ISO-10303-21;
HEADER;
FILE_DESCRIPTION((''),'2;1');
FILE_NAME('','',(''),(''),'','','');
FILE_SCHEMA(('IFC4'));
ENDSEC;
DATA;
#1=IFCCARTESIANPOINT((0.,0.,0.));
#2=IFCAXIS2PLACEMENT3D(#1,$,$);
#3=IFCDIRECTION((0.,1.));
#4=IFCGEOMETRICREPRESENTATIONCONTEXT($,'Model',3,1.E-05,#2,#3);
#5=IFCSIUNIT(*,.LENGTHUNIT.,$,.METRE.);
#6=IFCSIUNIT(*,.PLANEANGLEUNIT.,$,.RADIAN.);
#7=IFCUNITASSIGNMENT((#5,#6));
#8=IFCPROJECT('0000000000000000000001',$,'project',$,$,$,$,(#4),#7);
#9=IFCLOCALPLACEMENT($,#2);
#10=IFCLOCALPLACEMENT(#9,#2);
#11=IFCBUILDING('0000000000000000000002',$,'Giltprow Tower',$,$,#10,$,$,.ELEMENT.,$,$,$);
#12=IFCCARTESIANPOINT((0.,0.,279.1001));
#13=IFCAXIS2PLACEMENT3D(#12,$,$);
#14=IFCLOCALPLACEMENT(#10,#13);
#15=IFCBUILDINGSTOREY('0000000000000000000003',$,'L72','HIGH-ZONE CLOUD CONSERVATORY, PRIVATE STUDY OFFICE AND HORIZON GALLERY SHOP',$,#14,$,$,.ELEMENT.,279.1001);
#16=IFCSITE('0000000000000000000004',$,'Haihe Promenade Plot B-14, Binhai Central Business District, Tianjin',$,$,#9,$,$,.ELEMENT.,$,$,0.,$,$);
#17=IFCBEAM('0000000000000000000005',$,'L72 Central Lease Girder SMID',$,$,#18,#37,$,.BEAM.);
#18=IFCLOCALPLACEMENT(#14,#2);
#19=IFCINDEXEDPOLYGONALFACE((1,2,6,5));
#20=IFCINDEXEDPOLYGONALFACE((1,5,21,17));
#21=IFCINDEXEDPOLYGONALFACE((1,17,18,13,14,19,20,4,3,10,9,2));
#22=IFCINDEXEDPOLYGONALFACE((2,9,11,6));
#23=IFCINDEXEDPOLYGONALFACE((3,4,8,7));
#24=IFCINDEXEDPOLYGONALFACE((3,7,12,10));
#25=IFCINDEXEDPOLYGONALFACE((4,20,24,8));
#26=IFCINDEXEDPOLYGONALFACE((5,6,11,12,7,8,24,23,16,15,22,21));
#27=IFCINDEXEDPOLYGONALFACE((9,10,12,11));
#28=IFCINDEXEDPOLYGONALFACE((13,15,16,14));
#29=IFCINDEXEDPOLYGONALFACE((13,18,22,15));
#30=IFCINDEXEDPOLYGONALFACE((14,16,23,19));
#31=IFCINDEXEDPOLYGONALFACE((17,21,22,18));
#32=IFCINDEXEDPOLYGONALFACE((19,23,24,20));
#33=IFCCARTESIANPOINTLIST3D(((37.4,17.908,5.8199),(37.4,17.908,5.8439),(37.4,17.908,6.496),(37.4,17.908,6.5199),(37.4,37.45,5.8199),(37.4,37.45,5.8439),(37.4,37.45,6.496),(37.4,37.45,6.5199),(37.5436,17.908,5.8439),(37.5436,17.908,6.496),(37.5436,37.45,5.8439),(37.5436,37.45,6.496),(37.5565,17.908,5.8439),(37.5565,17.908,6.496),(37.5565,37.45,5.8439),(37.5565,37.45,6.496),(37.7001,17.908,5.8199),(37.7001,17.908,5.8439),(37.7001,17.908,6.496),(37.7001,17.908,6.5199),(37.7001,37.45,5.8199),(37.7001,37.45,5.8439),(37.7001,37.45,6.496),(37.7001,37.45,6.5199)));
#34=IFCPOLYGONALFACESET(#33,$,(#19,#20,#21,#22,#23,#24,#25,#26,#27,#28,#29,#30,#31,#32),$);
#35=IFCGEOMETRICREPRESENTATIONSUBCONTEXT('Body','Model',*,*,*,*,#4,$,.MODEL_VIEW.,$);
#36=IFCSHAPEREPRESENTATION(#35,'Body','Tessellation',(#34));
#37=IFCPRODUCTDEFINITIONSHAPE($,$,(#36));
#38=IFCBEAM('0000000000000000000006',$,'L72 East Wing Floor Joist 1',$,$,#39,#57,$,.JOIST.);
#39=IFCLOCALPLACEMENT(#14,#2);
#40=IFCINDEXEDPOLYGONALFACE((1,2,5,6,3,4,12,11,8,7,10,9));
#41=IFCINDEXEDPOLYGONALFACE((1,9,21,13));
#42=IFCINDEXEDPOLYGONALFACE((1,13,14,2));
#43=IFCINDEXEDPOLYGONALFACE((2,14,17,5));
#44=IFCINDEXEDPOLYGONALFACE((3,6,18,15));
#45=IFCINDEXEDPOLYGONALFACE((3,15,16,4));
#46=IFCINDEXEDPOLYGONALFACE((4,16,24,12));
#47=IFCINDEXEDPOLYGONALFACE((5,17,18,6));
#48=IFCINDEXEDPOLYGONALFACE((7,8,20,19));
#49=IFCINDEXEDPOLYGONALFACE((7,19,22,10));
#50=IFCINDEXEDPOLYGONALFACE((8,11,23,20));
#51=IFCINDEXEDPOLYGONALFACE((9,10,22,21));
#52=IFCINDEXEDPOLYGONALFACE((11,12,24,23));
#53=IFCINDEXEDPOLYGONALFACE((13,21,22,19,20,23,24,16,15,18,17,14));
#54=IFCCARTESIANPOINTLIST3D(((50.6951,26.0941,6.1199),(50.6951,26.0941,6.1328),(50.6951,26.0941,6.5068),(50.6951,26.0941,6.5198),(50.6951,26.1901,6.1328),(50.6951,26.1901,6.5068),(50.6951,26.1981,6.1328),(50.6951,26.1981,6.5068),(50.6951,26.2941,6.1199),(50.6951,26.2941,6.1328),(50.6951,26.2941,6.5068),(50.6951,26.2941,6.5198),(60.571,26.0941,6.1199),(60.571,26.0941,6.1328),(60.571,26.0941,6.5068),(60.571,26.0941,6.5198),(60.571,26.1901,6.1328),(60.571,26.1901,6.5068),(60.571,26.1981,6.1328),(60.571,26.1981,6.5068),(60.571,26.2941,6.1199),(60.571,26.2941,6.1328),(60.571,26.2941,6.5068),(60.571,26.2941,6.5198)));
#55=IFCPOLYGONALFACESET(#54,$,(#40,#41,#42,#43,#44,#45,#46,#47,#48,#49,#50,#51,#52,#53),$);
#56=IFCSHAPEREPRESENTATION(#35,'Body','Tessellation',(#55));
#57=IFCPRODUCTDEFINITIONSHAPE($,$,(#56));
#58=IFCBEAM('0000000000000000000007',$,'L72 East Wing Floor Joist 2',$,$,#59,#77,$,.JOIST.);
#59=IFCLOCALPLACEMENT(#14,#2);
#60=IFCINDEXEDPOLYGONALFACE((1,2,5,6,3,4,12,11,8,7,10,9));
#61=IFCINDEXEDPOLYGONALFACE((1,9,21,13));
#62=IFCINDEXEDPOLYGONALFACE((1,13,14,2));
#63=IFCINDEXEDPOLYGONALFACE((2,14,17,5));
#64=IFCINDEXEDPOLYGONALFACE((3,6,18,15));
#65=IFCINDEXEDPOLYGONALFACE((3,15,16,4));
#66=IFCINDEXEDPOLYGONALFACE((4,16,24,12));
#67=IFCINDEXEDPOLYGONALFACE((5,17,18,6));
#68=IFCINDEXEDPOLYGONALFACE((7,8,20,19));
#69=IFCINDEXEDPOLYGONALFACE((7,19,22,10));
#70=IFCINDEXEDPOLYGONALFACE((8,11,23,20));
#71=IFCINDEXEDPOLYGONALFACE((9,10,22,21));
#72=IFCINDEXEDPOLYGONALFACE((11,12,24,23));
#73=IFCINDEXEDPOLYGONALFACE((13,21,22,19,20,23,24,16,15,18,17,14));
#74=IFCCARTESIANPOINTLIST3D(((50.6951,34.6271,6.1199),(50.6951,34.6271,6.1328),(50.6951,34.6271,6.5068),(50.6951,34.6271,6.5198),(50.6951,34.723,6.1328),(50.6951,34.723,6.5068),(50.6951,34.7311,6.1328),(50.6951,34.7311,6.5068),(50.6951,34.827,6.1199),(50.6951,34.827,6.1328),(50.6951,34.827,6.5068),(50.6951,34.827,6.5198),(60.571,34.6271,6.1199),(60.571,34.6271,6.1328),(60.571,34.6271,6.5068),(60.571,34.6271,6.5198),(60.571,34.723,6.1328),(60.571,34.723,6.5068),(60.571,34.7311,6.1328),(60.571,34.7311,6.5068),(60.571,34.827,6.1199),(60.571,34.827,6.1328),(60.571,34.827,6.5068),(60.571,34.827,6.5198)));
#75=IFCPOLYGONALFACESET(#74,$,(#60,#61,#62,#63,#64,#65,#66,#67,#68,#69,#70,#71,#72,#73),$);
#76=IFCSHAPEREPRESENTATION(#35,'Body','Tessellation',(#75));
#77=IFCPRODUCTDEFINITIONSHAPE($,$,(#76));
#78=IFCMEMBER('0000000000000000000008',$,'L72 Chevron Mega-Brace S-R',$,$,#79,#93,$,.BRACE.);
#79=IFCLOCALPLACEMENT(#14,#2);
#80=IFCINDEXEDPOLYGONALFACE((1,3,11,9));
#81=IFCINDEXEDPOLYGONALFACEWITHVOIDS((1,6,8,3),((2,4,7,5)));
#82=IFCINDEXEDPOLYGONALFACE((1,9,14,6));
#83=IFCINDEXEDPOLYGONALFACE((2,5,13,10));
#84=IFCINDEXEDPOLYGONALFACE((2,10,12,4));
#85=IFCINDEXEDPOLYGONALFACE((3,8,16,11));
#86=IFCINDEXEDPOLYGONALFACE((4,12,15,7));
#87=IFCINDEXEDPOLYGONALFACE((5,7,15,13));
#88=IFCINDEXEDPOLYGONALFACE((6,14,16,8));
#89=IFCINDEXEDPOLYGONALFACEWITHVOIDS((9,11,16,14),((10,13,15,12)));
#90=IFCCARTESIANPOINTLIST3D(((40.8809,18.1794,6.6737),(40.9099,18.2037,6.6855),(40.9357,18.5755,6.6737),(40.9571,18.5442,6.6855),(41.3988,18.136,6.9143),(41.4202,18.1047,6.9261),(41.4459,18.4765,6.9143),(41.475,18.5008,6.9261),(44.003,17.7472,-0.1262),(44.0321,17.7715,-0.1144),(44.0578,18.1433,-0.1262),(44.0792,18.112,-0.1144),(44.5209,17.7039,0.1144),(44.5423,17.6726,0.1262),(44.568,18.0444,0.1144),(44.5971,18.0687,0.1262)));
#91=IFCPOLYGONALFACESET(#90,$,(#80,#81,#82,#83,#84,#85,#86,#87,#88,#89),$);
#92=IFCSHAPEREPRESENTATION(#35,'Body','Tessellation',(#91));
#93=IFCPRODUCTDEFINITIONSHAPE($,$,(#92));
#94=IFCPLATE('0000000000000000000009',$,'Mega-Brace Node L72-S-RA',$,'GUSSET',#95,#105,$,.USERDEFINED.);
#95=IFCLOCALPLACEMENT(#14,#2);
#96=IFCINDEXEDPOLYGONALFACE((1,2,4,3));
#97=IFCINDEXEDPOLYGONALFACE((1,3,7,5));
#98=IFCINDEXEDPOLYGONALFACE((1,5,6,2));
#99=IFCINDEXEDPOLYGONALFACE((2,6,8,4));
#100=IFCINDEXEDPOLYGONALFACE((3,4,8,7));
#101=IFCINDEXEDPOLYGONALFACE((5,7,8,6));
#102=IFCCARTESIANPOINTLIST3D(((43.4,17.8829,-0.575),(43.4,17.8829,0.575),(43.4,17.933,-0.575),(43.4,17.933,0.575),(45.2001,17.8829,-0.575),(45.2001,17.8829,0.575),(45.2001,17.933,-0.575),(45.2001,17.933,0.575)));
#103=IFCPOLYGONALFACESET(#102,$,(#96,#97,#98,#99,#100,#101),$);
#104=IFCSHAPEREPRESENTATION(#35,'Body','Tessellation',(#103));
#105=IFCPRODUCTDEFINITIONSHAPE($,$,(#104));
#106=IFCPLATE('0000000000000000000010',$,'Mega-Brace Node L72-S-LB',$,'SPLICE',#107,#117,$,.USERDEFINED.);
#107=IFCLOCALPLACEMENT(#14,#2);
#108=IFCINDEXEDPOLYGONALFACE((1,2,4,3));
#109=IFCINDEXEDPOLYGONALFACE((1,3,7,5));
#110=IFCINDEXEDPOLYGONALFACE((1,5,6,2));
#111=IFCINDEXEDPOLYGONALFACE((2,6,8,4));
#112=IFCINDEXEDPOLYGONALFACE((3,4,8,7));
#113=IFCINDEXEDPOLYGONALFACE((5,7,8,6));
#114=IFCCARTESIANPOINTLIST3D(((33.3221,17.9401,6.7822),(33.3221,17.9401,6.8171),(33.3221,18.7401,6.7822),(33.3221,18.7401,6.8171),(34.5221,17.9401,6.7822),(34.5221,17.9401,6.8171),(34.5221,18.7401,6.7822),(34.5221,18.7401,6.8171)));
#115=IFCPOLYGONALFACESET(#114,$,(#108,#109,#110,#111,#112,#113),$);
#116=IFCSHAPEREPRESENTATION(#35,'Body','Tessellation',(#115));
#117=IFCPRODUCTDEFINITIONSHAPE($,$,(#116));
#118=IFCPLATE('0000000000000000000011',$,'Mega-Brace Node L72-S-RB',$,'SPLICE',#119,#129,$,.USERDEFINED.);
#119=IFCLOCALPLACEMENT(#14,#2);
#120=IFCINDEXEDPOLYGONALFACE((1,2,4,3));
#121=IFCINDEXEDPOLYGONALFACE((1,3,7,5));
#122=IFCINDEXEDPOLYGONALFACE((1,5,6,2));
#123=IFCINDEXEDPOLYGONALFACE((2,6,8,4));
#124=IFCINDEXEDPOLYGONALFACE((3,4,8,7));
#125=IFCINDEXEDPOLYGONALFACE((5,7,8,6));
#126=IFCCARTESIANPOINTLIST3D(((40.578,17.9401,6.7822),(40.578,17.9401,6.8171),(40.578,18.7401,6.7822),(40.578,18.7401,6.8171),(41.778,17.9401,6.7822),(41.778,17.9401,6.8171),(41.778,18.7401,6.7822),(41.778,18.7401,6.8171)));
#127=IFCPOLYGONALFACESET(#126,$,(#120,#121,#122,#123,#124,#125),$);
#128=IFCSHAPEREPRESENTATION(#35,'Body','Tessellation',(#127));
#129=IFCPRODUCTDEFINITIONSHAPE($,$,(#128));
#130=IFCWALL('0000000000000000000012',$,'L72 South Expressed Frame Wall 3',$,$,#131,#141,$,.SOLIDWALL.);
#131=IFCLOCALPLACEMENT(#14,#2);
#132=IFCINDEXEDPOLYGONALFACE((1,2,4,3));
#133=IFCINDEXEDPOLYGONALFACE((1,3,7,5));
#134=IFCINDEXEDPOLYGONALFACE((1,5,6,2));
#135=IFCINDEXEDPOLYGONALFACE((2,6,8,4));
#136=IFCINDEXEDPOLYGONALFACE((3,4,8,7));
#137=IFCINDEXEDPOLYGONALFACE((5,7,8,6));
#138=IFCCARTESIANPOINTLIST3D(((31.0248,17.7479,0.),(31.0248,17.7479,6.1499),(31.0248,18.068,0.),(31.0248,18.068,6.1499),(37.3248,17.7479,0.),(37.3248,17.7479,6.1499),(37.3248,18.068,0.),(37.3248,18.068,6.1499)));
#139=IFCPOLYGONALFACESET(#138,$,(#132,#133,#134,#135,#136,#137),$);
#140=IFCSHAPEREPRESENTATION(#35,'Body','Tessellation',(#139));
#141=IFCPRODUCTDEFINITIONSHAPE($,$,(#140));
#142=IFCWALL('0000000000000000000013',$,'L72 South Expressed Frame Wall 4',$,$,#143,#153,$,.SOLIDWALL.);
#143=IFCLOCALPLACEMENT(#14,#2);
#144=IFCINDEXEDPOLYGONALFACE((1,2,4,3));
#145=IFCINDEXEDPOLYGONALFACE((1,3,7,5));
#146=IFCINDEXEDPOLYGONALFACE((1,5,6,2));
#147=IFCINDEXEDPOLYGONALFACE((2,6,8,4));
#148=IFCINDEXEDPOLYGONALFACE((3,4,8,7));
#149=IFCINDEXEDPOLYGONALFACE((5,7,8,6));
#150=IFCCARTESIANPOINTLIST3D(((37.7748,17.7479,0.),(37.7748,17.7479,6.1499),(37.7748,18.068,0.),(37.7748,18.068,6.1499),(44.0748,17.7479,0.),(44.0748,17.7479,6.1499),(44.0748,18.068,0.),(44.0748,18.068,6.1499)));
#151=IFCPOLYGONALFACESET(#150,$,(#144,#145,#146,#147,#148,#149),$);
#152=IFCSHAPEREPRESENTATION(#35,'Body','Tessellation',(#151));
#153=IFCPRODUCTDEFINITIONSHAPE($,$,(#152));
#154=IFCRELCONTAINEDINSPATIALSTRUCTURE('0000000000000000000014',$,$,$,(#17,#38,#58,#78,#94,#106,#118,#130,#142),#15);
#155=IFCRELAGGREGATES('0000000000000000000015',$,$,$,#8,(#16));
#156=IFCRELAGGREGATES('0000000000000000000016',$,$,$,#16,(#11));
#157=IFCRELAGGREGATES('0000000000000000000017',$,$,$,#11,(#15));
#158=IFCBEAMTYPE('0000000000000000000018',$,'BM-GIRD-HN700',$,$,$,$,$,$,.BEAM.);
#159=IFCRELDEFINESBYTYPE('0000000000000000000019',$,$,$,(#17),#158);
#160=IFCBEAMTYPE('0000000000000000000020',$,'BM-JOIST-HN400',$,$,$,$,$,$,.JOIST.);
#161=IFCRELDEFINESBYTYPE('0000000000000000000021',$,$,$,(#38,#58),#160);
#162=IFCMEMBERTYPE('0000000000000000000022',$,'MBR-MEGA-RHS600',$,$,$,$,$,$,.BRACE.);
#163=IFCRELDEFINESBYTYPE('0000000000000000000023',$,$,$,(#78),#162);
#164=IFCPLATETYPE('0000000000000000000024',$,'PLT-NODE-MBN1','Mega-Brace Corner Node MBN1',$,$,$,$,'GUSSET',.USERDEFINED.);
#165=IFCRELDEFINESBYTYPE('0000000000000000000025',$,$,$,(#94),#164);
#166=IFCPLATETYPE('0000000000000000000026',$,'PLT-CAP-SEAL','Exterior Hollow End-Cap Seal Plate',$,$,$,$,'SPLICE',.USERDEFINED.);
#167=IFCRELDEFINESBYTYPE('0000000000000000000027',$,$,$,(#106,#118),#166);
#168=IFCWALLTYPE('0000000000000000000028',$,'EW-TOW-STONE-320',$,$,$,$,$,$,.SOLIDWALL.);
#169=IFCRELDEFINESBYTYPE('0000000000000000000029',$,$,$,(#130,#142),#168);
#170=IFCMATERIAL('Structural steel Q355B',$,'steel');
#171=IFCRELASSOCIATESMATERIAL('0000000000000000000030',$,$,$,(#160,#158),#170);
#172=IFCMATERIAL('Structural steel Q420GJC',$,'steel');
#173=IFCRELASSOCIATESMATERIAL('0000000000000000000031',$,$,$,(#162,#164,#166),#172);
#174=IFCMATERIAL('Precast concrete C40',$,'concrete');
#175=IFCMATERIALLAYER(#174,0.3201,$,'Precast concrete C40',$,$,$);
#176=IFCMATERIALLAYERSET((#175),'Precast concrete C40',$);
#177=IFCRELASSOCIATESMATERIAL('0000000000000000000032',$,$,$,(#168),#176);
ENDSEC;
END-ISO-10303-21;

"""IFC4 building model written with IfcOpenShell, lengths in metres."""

from ifc_helpers import new_model, si_unit, direction, frame, frame_2d, origin, origin_2d, place, context, subcontext, project, spatial, rectangle, hollow_rectangle, i_section, extrude, source, transform, mapped, material, layer, layer_set, material_profile, profile_set, type_object, element, save


model = new_model("IFC4")

# Units and contexts
model_context = context("Model", 3, precision=1e-05, world=origin(), true_north=direction((0.0, 1.0)))
body_context = subcontext(model_context, "Body", "Model", "MODEL_VIEW")
ifc_project = project(units=[si_unit("LENGTHUNIT", "METRE"), si_unit("PLANEANGLEUNIT", "RADIAN")], contexts=[model_context])

# Site, building, storey
site_placement = place(None, origin())
site = spatial("IfcSite", under=ifc_project, at=site_placement, Name="Haihe Promenade Plot B-14, Binhai Central Business District, Tianjin", CompositionType="ELEMENT", RefElevation=0.0)
building_placement = place(site_placement, origin())
building = spatial("IfcBuilding", under=site, at=building_placement, Name="Giltprow Tower", CompositionType="ELEMENT")
storey_placement = place(building_placement, frame((0.0, 0.0, 279.1001)))
storey = spatial("IfcBuildingStorey", under=building, at=storey_placement, Name="L72", Description="HIGH-ZONE CLOUD CONSERVATORY, PRIVATE STUDY OFFICE AND HORIZON GALLERY SHOP", CompositionType="ELEMENT", Elevation=279.1001)

# Shared definitions
ifc_material_1 = material(Name="Structural steel Q355B", Category="steel")

# Beams
ifc_material_profile_1 = material_profile(ifc_material_1, i_section(OverallWidth=0.2, OverallDepth=0.3999, WebThickness=0.0081, FlangeThickness=0.0129, at=origin_2d()), Name="HN 400x200x8x13")
ifc_profile_set_1 = profile_set([ifc_material_profile_1], Name="Structural steel Q355B")
beam_type_1 = type_object("IfcBeamType", Name="BM-JOIST-HN400", PredefinedType="JOIST", material=ifc_profile_set_1)
ifc_material_profile_2 = material_profile(ifc_material_1, i_section(OverallWidth=0.3, OverallDepth=0.7, WebThickness=0.0129, FlangeThickness=0.0239, at=origin_2d()), Name="HN 700x300x13x24")
ifc_profile_set_2 = profile_set([ifc_material_profile_2], Name="Structural steel Q355B")
beam_type_2 = type_object("IfcBeamType", Name="BM-GIRD-HN700", PredefinedType="BEAM", material=ifc_profile_set_2)
shared_shape_1 = source(origin(), body_context, "Body", "SweptSolid", [
    extrude(i_section(OverallWidth=0.3, OverallDepth=0.7, WebThickness=0.0129, FlangeThickness=0.0239, at=origin_2d()), origin(), (0.0, 0.0, 1.0), 19.542),
])
beam_1_placement = place(storey_placement, frame((37.55, 17.908, 6.1699), z_axis=(0.0, 1.0, 0.0), x_axis=(-1.0, 0.0, 0.0)))
element("IfcBeam", 1, at=beam_1_placement, inside=storey, type_object=beam_type_2, Name="L72 Central Lease Girder SMID", PredefinedType="BEAM", context=body_context, shape_type="MappedRepresentation", body=[
    mapped(shared_shape_1, transform((0.0, 0.0, 0.0), x_axis=(1.0, 0.0, 0.0), y_axis=(0.0, 1.0, 0.0), z_axis=(0.0, 0.0, 1.0), scale=1.0)),
])
shared_shape_2 = source(origin(), body_context, "Body", "SweptSolid", [
    extrude(i_section(OverallWidth=0.2, OverallDepth=0.3999, WebThickness=0.0081, FlangeThickness=0.0129, at=origin_2d()), origin(), (0.0, 0.0, 1.0), 9.876),
])
for number, where, z_axis, x_axis, name in (
    (2, (50.6951, 26.1941, 6.3198), (1.0, 0.0, 0.0), (0.0, 1.0, 0.0), "L72 East Wing Floor Joist 1"),
    (3, (50.6951, 34.7271, 6.3198), (1.0, 0.0, 0.0), (0.0, 1.0, 0.0), "L72 East Wing Floor Joist 2"),
):
    element("IfcBeam", number, at=place(storey_placement, frame(where, z_axis=z_axis, x_axis=x_axis)), inside=storey, type_object=beam_type_1, Name=name, PredefinedType="JOIST", context=body_context, shape_type="MappedRepresentation", body=[
        mapped(shared_shape_2, transform((0.0, 0.0, 0.0), x_axis=(1.0, 0.0, 0.0), y_axis=(0.0, 1.0, 0.0), z_axis=(0.0, 0.0, 1.0), scale=1.0)),
    ])

# Member
ifc_material_2 = material(Name="Structural steel Q420GJC", Category="steel")
ifc_material_profile_3 = material_profile(ifc_material_2, hollow_rectangle(XDim=0.3999, YDim=0.6001, WallThickness=0.0281, at=origin_2d()), Name="RHS 600x400x28")
ifc_profile_set_3 = profile_set([ifc_material_profile_3], Name="Structural steel Q420GJC")
member_type = type_object("IfcMemberType", Name="MBR-MEGA-RHS600", PredefinedType="BRACE", material=ifc_profile_set_3)
shared_shape_3 = source(origin(), body_context, "Body", "SweptSolid", [
    extrude(hollow_rectangle(XDim=0.3999, YDim=0.6001, WallThickness=0.0281, at=origin_2d()), origin(), (0.0, 0.0, 1.0), 7.4949),
])
member_placement = place(storey_placement, frame((44.3, 17.908, 0.0), z_axis=(-0.416567, 0.057657, 0.907275), x_axis=(-0.137104, -0.990557, 0.0)))
element("IfcMember", 4, at=member_placement, inside=storey, type_object=member_type, Name="L72 Chevron Mega-Brace S-R", PredefinedType="BRACE", context=body_context, shape_type="MappedRepresentation", body=[
    mapped(shared_shape_3, transform((0.0, 0.0, 0.0), x_axis=(1.0, 0.0, 0.0), y_axis=(0.0, 1.0, 0.0), z_axis=(0.0, 0.0, 1.0), scale=1.0)),
])

# Plates
plate_type_1 = type_object("IfcPlateType", Name="PLT-NODE-MBN1", Description="Mega-Brace Corner Node MBN1", ElementType="GUSSET", PredefinedType="USERDEFINED", material=ifc_material_2)
shared_shape_4 = source(origin(), body_context, "Body", "SweptSolid", [
    extrude(rectangle(XDim=1.8, YDim=0.05, at=origin_2d()), origin(), (0.0, 0.0, 1.0), 1.1499),
])
plate_placement = place(storey_placement, frame((44.3, 17.908, -0.575), z_axis=(0.0, 0.0, 1.0), x_axis=(1.0, 0.0, 0.0)))
element("IfcPlate", 5, at=plate_placement, inside=storey, type_object=plate_type_1, Name="Mega-Brace Node L72-S-RA", ObjectType="GUSSET", PredefinedType="USERDEFINED", context=body_context, shape_type="MappedRepresentation", body=[
    mapped(shared_shape_4, transform((0.0, 0.0, 0.0), x_axis=(1.0, 0.0, 0.0), y_axis=(0.0, 1.0, 0.0), z_axis=(0.0, 0.0, 1.0), scale=1.0)),
])
plate_type_2 = type_object("IfcPlateType", Name="PLT-CAP-SEAL", Description="Exterior Hollow End-Cap Seal Plate", ElementType="SPLICE", PredefinedType="USERDEFINED", material=ifc_material_2)
shared_shape_5 = source(origin(), body_context, "Body", "SweptSolid", [
    extrude(rectangle(XDim=1.2, YDim=0.8, at=origin_2d()), origin(), (0.0, 0.0, 1.0), 0.0349),
])
for number, where, z_axis, x_axis, name in (
    (6, (33.9221, 18.3401, 6.7822), (0.0, 0.0, 1.0), (1.0, 0.0, 0.0), "Mega-Brace Node L72-S-LB"),
    (7, (41.178, 18.3401, 6.7822), (0.0, 0.0, 1.0), (1.0, 0.0, 0.0), "Mega-Brace Node L72-S-RB"),
):
    element("IfcPlate", number, at=place(storey_placement, frame(where, z_axis=z_axis, x_axis=x_axis)), inside=storey, type_object=plate_type_2, Name=name, ObjectType="SPLICE", PredefinedType="USERDEFINED", context=body_context, shape_type="MappedRepresentation", body=[
        mapped(shared_shape_5, transform((0.0, 0.0, 0.0), x_axis=(1.0, 0.0, 0.0), y_axis=(0.0, 1.0, 0.0), z_axis=(0.0, 0.0, 1.0), scale=1.0)),
    ])

# Walls
ifc_material_3 = material(Name="Precast concrete C40", Category="concrete")
ifc_layer_1 = layer(ifc_material_3, 0.3201, Name="Precast concrete C40")
ifc_layer_set_1 = layer_set([ifc_layer_1], Name="Precast concrete C40")
wall_type_1 = type_object("IfcWallType", Name="EW-TOW-STONE-320", PredefinedType="SOLIDWALL", material=ifc_layer_set_1)
for number, where, z_axis, x_axis, name in (
    (8, (31.0249, 17.908, 0.0), (0.0, 0.0, 1.0), (1.0, 0.0, 0.0), "L72 South Expressed Frame Wall 3"),
    (9, (37.7749, 17.908, 0.0), (0.0, 0.0, 1.0), (1.0, 0.0, 0.0), "L72 South Expressed Frame Wall 4"),
):
    element("IfcWall", number, at=place(storey_placement, frame(where, z_axis=z_axis, x_axis=x_axis)), inside=storey, type_object=wall_type_1, Name=name, PredefinedType="SOLIDWALL", context=body_context, shape_type="SweptSolid", body=[
        extrude(rectangle(XDim=6.3, YDim=0.3201, at=frame_2d((3.1499, 0.0))), origin(), (0.0, 0.0, 1.0), 6.1499),
    ])

save(model, "model.ifc")
